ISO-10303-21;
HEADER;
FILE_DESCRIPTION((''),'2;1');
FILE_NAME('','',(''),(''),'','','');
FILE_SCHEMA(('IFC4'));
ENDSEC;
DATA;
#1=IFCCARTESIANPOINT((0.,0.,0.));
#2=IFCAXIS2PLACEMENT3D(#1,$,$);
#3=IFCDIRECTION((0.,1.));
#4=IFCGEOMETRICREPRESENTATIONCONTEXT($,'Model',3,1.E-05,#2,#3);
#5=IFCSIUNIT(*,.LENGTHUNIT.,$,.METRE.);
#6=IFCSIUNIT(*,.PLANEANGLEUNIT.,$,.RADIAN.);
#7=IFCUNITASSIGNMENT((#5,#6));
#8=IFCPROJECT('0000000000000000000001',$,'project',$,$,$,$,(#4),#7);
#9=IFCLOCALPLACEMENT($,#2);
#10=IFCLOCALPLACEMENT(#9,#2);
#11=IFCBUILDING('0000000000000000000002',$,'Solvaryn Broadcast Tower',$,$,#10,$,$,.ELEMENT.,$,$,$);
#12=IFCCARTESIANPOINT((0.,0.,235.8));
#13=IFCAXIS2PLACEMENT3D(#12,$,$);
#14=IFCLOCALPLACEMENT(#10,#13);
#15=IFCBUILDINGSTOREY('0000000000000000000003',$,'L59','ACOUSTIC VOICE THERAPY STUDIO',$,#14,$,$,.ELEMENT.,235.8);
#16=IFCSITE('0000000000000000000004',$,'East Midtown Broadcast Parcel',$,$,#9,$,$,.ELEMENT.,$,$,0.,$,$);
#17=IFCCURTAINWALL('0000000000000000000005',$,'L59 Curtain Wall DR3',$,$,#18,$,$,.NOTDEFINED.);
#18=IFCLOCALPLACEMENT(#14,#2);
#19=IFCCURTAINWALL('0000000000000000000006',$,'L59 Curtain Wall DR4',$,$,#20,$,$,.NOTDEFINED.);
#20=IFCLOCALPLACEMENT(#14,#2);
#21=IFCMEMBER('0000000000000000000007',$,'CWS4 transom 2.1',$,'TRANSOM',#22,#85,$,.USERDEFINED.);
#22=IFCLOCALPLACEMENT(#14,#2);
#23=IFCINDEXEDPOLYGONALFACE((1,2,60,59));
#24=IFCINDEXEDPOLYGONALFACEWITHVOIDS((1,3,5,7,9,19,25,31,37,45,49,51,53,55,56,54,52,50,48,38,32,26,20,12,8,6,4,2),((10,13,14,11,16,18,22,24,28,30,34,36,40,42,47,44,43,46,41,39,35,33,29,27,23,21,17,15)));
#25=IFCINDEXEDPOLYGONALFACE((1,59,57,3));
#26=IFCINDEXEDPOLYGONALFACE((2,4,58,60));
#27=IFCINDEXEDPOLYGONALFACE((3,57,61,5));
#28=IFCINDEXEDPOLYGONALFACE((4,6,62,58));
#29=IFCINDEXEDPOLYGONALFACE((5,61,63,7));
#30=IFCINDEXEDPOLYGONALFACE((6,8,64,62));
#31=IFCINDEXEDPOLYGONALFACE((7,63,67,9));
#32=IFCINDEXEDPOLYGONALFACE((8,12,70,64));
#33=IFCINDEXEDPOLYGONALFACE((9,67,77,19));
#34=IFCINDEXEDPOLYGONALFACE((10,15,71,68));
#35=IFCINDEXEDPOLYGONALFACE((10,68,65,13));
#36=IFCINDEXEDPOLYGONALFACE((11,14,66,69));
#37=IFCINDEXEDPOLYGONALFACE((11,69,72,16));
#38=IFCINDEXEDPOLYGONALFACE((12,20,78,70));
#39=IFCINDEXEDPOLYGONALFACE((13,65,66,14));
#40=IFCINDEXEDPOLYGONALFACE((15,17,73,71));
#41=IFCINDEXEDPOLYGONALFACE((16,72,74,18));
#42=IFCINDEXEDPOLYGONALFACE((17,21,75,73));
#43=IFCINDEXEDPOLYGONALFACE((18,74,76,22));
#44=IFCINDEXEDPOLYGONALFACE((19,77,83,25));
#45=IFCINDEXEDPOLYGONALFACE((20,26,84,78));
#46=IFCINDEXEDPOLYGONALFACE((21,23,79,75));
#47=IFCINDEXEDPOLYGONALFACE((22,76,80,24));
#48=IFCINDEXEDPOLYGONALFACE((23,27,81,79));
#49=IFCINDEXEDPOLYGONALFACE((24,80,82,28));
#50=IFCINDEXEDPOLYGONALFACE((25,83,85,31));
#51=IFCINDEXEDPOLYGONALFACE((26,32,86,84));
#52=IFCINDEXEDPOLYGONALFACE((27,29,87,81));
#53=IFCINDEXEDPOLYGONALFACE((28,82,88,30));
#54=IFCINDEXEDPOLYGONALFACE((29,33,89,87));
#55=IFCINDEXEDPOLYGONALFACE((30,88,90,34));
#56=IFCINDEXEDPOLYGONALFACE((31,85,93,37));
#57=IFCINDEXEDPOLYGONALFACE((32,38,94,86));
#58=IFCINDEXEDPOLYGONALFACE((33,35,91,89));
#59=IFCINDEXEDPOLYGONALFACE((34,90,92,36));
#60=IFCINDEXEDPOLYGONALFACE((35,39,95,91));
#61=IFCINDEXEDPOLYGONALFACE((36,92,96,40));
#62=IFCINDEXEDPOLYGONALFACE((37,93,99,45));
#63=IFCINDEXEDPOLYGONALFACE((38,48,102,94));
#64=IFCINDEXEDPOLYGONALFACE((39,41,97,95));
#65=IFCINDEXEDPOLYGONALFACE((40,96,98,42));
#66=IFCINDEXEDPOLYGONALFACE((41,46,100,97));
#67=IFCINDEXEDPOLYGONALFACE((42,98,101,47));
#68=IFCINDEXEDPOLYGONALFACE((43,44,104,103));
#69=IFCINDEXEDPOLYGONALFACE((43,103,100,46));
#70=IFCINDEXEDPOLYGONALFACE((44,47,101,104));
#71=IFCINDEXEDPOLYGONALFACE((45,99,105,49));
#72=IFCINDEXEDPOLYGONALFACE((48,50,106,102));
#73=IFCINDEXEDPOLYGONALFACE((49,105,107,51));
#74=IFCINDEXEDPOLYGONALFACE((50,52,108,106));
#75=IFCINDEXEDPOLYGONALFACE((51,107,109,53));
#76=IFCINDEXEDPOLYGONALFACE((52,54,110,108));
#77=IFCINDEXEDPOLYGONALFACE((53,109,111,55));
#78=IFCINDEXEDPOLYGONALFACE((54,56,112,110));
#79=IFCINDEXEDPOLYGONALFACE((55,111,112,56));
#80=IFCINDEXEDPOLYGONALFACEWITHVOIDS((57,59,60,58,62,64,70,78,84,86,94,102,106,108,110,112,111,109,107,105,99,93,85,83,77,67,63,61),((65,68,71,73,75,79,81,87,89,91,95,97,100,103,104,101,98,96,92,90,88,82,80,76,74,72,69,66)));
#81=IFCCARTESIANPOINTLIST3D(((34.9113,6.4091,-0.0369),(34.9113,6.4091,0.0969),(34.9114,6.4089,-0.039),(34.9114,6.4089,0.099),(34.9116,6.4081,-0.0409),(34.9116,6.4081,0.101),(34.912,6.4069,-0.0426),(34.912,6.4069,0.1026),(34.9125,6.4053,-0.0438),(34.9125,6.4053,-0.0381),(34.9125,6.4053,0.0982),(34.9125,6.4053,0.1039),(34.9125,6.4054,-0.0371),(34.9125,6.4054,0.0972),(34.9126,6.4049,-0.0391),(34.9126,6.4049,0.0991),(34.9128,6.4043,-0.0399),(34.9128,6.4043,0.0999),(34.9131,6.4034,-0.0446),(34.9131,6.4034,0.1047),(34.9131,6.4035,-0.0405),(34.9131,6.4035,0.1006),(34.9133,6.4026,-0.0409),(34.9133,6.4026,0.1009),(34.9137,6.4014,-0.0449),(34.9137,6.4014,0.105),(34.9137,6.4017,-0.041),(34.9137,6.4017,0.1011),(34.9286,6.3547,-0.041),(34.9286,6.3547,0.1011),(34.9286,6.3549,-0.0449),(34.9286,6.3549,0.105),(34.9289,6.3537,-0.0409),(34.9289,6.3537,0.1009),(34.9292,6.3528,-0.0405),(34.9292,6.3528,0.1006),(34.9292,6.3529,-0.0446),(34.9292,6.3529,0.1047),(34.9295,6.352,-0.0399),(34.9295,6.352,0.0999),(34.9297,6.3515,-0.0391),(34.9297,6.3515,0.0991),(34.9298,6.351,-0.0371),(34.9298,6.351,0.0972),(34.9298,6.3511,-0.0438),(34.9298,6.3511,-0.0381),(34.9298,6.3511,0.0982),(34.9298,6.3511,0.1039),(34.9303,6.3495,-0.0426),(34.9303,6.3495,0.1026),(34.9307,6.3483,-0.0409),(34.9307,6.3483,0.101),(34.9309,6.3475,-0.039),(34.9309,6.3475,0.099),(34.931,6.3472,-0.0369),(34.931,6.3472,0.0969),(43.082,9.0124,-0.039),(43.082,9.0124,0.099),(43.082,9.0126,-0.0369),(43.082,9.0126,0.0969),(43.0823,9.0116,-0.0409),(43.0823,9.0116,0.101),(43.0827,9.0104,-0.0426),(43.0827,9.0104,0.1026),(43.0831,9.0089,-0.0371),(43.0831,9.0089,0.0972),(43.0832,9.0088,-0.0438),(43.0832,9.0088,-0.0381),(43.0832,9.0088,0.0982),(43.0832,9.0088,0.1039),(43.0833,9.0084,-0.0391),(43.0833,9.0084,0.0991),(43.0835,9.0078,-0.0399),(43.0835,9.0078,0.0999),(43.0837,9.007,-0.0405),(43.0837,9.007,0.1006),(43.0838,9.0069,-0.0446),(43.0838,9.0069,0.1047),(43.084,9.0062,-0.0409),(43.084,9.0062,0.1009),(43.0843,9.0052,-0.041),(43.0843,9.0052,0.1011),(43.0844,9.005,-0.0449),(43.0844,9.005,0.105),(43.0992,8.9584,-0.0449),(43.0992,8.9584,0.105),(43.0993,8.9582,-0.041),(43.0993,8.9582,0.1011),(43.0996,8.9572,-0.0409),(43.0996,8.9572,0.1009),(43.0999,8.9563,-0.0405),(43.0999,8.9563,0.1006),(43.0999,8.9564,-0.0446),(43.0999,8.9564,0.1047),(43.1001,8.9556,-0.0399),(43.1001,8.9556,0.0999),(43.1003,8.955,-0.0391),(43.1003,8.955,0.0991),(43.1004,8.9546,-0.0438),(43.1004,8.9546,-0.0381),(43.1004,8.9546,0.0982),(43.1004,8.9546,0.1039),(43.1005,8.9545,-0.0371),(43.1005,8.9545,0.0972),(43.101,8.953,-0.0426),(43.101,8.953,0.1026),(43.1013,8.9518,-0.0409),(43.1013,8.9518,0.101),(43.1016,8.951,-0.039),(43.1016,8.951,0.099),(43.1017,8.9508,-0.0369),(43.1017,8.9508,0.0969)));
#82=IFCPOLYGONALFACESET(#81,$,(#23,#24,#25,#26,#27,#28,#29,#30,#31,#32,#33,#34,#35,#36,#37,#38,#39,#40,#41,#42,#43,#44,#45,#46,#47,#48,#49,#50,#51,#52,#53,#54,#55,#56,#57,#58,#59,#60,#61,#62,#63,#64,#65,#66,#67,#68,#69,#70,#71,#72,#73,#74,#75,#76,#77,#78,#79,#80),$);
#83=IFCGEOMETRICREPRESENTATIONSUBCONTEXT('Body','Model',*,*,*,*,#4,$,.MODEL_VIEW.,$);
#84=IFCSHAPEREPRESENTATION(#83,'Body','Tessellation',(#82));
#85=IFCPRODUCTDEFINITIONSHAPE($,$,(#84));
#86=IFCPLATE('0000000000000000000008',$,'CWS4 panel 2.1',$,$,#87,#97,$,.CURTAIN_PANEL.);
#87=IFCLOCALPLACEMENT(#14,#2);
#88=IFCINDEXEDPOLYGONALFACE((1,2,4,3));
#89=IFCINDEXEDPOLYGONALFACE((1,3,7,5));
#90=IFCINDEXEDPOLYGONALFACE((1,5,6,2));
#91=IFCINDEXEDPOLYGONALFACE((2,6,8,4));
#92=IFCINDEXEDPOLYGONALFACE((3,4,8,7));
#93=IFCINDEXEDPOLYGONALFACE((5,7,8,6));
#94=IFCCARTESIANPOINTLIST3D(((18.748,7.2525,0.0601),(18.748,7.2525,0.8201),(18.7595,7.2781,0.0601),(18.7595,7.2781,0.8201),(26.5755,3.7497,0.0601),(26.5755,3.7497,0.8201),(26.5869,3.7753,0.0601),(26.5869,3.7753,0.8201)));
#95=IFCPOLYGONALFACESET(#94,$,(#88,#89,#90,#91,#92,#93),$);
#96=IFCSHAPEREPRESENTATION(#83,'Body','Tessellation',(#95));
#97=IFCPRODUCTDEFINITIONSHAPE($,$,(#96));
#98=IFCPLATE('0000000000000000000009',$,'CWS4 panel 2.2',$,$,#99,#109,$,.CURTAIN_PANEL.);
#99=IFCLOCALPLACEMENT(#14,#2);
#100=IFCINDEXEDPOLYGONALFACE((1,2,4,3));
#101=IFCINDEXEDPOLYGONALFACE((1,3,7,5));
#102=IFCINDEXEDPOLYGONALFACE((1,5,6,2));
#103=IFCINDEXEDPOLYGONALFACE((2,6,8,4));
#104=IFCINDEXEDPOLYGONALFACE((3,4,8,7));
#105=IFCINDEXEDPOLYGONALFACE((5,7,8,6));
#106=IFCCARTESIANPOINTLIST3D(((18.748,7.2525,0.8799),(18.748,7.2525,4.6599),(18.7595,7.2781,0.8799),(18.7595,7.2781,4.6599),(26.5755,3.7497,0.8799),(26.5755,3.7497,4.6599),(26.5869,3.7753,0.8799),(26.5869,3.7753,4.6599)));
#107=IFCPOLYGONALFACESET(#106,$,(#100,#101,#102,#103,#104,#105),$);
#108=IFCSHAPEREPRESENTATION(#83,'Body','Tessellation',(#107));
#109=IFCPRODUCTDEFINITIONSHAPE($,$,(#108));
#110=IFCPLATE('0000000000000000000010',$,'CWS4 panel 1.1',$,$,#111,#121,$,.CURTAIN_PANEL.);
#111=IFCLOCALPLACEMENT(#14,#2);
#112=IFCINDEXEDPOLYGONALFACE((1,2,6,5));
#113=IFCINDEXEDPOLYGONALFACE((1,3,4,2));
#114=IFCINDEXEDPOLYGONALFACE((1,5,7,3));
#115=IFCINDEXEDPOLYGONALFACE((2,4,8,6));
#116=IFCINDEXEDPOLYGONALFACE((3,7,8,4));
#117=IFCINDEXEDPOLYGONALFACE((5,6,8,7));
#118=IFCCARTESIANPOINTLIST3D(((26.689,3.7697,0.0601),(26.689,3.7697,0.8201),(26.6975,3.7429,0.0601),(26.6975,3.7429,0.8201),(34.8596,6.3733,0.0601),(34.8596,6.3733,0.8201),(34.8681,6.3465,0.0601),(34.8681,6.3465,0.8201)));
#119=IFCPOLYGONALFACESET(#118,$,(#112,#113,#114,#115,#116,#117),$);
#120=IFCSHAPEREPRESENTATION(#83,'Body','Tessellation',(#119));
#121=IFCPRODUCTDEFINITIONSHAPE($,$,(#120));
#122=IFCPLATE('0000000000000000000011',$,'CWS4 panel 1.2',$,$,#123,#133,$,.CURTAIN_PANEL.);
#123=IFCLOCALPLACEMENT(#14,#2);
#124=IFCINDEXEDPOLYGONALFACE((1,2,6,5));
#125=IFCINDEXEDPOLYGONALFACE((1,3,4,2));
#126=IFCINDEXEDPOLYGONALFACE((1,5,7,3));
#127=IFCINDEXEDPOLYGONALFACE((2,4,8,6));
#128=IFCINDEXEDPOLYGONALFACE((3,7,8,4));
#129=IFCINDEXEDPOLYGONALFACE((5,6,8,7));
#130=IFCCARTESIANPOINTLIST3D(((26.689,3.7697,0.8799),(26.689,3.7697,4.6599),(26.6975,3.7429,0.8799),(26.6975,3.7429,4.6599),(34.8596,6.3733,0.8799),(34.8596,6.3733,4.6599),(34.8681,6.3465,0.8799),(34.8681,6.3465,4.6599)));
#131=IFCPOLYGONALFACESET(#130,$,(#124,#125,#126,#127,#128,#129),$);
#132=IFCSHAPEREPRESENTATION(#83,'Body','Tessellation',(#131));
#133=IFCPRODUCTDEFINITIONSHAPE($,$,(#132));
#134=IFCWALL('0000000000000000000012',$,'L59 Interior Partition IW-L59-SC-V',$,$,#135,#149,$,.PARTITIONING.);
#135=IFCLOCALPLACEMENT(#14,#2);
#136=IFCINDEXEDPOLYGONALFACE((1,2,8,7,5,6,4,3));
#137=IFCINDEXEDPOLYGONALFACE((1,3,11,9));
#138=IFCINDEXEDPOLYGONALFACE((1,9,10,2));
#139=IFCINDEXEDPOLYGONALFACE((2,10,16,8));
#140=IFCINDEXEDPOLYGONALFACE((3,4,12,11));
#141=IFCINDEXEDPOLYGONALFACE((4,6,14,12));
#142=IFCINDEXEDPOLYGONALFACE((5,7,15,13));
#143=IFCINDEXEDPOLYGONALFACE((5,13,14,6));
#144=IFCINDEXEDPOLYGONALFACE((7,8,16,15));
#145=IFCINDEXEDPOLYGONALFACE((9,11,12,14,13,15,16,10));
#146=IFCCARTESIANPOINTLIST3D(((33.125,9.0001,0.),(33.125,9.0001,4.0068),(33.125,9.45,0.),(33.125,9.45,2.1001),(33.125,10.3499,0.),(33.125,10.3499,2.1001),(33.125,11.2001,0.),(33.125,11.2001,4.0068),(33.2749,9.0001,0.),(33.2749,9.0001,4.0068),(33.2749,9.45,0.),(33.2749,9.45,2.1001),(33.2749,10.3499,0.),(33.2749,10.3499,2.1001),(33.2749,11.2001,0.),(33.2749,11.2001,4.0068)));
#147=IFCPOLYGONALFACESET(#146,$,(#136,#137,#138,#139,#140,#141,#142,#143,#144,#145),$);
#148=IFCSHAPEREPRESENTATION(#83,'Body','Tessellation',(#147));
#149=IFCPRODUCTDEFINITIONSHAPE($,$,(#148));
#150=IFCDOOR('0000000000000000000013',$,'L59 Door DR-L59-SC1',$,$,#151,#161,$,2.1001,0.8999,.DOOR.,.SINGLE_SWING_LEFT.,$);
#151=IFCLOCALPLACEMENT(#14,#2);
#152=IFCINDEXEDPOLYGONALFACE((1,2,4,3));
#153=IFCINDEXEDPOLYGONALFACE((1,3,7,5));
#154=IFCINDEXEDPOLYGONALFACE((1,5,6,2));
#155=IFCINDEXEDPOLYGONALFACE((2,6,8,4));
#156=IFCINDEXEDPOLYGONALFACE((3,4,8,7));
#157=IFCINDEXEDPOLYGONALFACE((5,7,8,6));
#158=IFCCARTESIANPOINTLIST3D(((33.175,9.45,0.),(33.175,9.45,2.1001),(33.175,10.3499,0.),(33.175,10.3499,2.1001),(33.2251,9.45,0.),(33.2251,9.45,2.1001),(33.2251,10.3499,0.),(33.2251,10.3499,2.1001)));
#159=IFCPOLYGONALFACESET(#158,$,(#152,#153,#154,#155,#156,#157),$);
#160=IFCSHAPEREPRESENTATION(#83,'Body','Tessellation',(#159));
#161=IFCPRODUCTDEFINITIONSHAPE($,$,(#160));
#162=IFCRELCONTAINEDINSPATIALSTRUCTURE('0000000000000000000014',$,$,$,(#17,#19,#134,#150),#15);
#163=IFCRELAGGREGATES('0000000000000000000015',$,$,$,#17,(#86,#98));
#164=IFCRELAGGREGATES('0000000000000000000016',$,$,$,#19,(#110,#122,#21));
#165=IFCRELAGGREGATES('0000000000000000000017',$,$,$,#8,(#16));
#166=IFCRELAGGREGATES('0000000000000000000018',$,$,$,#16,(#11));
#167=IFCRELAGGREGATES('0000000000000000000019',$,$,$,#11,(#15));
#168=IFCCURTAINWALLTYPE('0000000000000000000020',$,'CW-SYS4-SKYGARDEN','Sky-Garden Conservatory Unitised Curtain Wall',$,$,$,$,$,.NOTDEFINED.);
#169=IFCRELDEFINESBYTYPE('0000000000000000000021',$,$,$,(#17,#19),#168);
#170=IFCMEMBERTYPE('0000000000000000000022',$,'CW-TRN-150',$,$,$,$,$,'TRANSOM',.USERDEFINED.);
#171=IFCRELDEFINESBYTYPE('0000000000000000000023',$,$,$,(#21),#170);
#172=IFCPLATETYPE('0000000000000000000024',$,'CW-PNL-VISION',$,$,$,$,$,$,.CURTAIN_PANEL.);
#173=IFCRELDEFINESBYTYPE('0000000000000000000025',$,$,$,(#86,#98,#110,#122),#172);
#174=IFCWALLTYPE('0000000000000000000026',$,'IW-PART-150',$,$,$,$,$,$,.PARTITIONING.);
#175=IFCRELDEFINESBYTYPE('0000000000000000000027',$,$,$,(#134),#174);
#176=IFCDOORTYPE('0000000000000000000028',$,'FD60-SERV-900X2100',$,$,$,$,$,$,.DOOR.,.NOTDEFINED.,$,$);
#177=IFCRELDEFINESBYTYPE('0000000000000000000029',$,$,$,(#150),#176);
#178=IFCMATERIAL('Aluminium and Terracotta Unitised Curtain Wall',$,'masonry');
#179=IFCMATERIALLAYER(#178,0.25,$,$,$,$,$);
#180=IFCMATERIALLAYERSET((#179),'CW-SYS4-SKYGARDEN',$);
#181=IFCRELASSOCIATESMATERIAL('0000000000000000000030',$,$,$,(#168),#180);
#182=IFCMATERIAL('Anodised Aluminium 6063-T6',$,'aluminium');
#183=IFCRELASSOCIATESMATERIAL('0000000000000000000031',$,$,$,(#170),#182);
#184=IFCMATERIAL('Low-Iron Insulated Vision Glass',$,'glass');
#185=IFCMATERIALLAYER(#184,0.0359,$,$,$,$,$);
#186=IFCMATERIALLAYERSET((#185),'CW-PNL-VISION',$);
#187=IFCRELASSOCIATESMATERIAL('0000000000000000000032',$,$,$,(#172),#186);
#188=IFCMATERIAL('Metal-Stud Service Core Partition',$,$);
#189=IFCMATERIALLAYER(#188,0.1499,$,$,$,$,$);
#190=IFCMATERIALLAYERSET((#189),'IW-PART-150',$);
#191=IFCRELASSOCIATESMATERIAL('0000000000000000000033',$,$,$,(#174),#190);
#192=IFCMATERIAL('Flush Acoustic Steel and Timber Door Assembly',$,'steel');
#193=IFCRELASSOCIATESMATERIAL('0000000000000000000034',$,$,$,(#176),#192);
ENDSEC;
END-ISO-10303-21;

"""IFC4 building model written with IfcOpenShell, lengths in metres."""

from ifc_helpers import new_model, si_unit, direction, frame, frame_2d, origin, origin_2d, place, context, subcontext, project, spatial, rectangle, hollow_rectangle, extrude, material, layer, layer_set, material_profile, profile_set, type_object, element, fill, aggregate, save


model = new_model("IFC4")

# Units and contexts
model_context = context("Model", 3, precision=1e-05, world=origin(), true_north=direction((0.0, 1.0)))
body_context = subcontext(model_context, "Body", "Model", "MODEL_VIEW")
ifc_project = project(units=[si_unit("LENGTHUNIT", "METRE"), si_unit("PLANEANGLEUNIT", "RADIAN")], contexts=[model_context])

# Site, building, storey
site_placement = place(None, origin())
site = spatial("IfcSite", under=ifc_project, at=site_placement, Name="East Midtown Broadcast Parcel", CompositionType="ELEMENT", RefElevation=0.0)
building_placement = place(site_placement, origin())
building = spatial("IfcBuilding", under=site, at=building_placement, Name="Solvaryn Broadcast Tower", CompositionType="ELEMENT")
storey_placement = place(building_placement, frame((0.0, 0.0, 235.8)))
storey = spatial("IfcBuildingStorey", under=building, at=storey_placement, Name="L59", Description="ACOUSTIC VOICE THERAPY STUDIO", CompositionType="ELEMENT", Elevation=235.8)

# Curtain wall
ifc_material_1 = material(Name="Aluminium and Terracotta Unitised Curtain Wall", Category="masonry")
ifc_layer_1 = layer(ifc_material_1, 0.25)
ifc_layer_set_1 = layer_set([ifc_layer_1], Name="CW-SYS4-SKYGARDEN")
curtain_wall_type = type_object("IfcCurtainWallType", Name="CW-SYS4-SKYGARDEN", Description="Sky-Garden Conservatory Unitised Curtain Wall", PredefinedType="NOTDEFINED", material=ifc_layer_set_1)
curtain_wall_1_placement = place(storey_placement, origin())
curtain_wall_1 = element("IfcCurtainWall", 1, at=curtain_wall_1_placement, inside=storey, type_object=curtain_wall_type, Name="L59 Curtain Wall DR3", PredefinedType="NOTDEFINED")

# Curtain wall, member
curtain_wall_2_placement = place(storey_placement, origin())
curtain_wall_2 = element("IfcCurtainWall", 2, at=curtain_wall_2_placement, inside=storey, type_object=curtain_wall_type, Name="L59 Curtain Wall DR4", PredefinedType="NOTDEFINED")
ifc_material_2 = material(Name="Anodised Aluminium 6063-T6", Category="aluminium")
ifc_material_profile_1 = material_profile(ifc_material_2, hollow_rectangle(XDim=0.0649, YDim=0.1499, WallThickness=0.0039, InnerFilletRadius=0.0039, OuterFilletRadius=0.0081, at=origin_2d()))
ifc_profile_set_1 = profile_set([ifc_material_profile_1], Name="Anodised Aluminium 6063-T6")
member_type_1 = type_object("IfcMemberType", Name="CW-TRN-150", ElementType="TRANSOM", PredefinedType="USERDEFINED", material=ifc_profile_set_1)
member_1_placement = place(storey_placement, frame((34.9211, 6.3782, 0.03), z_axis=(0.952799, 0.303602, 0.0), x_axis=(-0.303602, 0.952799, 0.0)))
member_1 = element("IfcMember", 3, at=member_1_placement, type_object=member_type_1, Name="CWS4 transom 2.1", ObjectType="TRANSOM", PredefinedType="USERDEFINED", context=body_context, shape_type="SweptSolid", body=[
    extrude(hollow_rectangle(XDim=0.0649, YDim=0.1499, WallThickness=0.0039, InnerFilletRadius=0.0039, OuterFilletRadius=0.0081, at=origin_2d()), origin(), (0.0, 0.0, 1.0), 8.5754),
])

# Plates
ifc_material_3 = material(Name="Low-Iron Insulated Vision Glass", Category="glass")
ifc_layer_2 = layer(ifc_material_3, 0.0359)
ifc_layer_set_2 = layer_set([ifc_layer_2], Name="CW-PNL-VISION")
plate_type = type_object("IfcPlateType", Name="CW-PNL-VISION", PredefinedType="CURTAIN_PANEL", material=ifc_layer_set_2)
plate_1_placement = place(storey_placement, frame((22.6675, 5.5139, 0.0601), z_axis=(0.0, 0.0, 1.0), x_axis=(0.912774, -0.408466, 0.0)))
plate_1 = element("IfcPlate", 4, at=plate_1_placement, type_object=plate_type, Name="CWS4 panel 2.1", PredefinedType="CURTAIN_PANEL", context=body_context, shape_type="SweptSolid", body=[
    extrude(rectangle(XDim=8.5754, YDim=0.0281, at=origin_2d()), origin(), (0.0, 0.0, 1.0), 0.76),
])
plate_2_placement = place(storey_placement, frame((22.6675, 5.5139, 0.8799), z_axis=(0.0, 0.0, 1.0), x_axis=(0.912774, -0.408466, 0.0)))
plate_2 = element("IfcPlate", 5, at=plate_2_placement, type_object=plate_type, Name="CWS4 panel 2.2", PredefinedType="CURTAIN_PANEL", context=body_context, shape_type="SweptSolid", body=[
    extrude(rectangle(XDim=8.5754, YDim=0.0281, at=origin_2d()), origin(), (0.0, 0.0, 1.0), 3.78),
])
aggregate(curtain_wall_1, [plate_1, plate_2])
plate_3_placement = place(storey_placement, frame((30.7786, 5.0581, 0.0601), z_axis=(0.0, 0.0, 1.0), x_axis=(0.952795, 0.303616, 0.0)))
plate_3 = element("IfcPlate", 6, at=plate_3_placement, type_object=plate_type, Name="CWS4 panel 1.1", PredefinedType="CURTAIN_PANEL", context=body_context, shape_type="SweptSolid", body=[
    extrude(rectangle(XDim=8.5754, YDim=0.0281, at=origin_2d()), origin(), (0.0, 0.0, 1.0), 0.76),
])
plate_4_placement = place(storey_placement, frame((30.7786, 5.0581, 0.8799), z_axis=(0.0, 0.0, 1.0), x_axis=(0.952795, 0.303616, 0.0)))
plate_4 = element("IfcPlate", 7, at=plate_4_placement, type_object=plate_type, Name="CWS4 panel 1.2", PredefinedType="CURTAIN_PANEL", context=body_context, shape_type="SweptSolid", body=[
    extrude(rectangle(XDim=8.5754, YDim=0.0281, at=origin_2d()), origin(), (0.0, 0.0, 1.0), 3.78),
])
aggregate(curtain_wall_2, [plate_3, plate_4, member_1])

# Wall, opening, door
ifc_material_4 = material(Name="Metal-Stud Service Core Partition")
ifc_layer_3 = layer(ifc_material_4, 0.1499)
ifc_layer_set_3 = layer_set([ifc_layer_3], Name="IW-PART-150")
wall_type_1 = type_object("IfcWallType", Name="IW-PART-150", PredefinedType="PARTITIONING", material=ifc_layer_set_3)
wall_1_placement = place(storey_placement, frame((33.2, 9.0, 0.0), z_axis=(0.0, 0.0, 1.0), x_axis=(0.0, 1.0, 0.0)))
wall_1 = element("IfcWall", 8, at=wall_1_placement, inside=storey, type_object=wall_type_1, Name="L59 Interior Partition IW-L59-SC-V", PredefinedType="PARTITIONING", context=body_context, shape_type="SweptSolid", body=[
    extrude(rectangle(XDim=2.2, YDim=0.1499, at=frame_2d((1.1001, 0.0))), origin(), (0.0, 0.0, 1.0), 4.0068),
])
opening_1_placement = place(wall_1_placement, frame((0.45, 0.0, 0.0)))
opening_1 = element("IfcOpeningElement", 9, at=opening_1_placement, cuts=wall_1, PredefinedType="OPENING", context=body_context, shape_type="SweptSolid", body=[
    extrude(rectangle(XDim=0.8999, YDim=2.1001, at=frame_2d((0.45, 1.05))), frame((0.0, 0.085, 0.0), z_axis=(0.0, -1.0, 0.0), x_axis=(1.0, 0.0, 0.0)), (0.0, 0.0, 1.0), 0.1699),
])
ifc_material_5 = material(Name="Flush Acoustic Steel and Timber Door Assembly", Category="steel")
door_type_1 = type_object("IfcDoorType", Name="FD60-SERV-900X2100", OperationType="NOTDEFINED", PredefinedType="DOOR", material=ifc_material_5)
door_1_placement = place(opening_1_placement, origin())
door_1 = element("IfcDoor", 10, at=door_1_placement, inside=storey, type_object=door_type_1, Name="L59 Door DR-L59-SC1", OperationType="SINGLE_SWING_LEFT", OverallHeight=2.1001, OverallWidth=0.8999, PredefinedType="DOOR", context=body_context, shape_type="SweptSolid", body=[
    extrude(rectangle(XDim=0.8999, YDim=2.1001, at=frame_2d((0.45, 1.05))), frame((0.0, 0.0249, 0.0), z_axis=(0.0, -1.0, 0.0), x_axis=(1.0, 0.0, 0.0)), (0.0, 0.0, 1.0), 0.05),
])
fill(opening_1, door_1)

save(model, "model.ifc")
